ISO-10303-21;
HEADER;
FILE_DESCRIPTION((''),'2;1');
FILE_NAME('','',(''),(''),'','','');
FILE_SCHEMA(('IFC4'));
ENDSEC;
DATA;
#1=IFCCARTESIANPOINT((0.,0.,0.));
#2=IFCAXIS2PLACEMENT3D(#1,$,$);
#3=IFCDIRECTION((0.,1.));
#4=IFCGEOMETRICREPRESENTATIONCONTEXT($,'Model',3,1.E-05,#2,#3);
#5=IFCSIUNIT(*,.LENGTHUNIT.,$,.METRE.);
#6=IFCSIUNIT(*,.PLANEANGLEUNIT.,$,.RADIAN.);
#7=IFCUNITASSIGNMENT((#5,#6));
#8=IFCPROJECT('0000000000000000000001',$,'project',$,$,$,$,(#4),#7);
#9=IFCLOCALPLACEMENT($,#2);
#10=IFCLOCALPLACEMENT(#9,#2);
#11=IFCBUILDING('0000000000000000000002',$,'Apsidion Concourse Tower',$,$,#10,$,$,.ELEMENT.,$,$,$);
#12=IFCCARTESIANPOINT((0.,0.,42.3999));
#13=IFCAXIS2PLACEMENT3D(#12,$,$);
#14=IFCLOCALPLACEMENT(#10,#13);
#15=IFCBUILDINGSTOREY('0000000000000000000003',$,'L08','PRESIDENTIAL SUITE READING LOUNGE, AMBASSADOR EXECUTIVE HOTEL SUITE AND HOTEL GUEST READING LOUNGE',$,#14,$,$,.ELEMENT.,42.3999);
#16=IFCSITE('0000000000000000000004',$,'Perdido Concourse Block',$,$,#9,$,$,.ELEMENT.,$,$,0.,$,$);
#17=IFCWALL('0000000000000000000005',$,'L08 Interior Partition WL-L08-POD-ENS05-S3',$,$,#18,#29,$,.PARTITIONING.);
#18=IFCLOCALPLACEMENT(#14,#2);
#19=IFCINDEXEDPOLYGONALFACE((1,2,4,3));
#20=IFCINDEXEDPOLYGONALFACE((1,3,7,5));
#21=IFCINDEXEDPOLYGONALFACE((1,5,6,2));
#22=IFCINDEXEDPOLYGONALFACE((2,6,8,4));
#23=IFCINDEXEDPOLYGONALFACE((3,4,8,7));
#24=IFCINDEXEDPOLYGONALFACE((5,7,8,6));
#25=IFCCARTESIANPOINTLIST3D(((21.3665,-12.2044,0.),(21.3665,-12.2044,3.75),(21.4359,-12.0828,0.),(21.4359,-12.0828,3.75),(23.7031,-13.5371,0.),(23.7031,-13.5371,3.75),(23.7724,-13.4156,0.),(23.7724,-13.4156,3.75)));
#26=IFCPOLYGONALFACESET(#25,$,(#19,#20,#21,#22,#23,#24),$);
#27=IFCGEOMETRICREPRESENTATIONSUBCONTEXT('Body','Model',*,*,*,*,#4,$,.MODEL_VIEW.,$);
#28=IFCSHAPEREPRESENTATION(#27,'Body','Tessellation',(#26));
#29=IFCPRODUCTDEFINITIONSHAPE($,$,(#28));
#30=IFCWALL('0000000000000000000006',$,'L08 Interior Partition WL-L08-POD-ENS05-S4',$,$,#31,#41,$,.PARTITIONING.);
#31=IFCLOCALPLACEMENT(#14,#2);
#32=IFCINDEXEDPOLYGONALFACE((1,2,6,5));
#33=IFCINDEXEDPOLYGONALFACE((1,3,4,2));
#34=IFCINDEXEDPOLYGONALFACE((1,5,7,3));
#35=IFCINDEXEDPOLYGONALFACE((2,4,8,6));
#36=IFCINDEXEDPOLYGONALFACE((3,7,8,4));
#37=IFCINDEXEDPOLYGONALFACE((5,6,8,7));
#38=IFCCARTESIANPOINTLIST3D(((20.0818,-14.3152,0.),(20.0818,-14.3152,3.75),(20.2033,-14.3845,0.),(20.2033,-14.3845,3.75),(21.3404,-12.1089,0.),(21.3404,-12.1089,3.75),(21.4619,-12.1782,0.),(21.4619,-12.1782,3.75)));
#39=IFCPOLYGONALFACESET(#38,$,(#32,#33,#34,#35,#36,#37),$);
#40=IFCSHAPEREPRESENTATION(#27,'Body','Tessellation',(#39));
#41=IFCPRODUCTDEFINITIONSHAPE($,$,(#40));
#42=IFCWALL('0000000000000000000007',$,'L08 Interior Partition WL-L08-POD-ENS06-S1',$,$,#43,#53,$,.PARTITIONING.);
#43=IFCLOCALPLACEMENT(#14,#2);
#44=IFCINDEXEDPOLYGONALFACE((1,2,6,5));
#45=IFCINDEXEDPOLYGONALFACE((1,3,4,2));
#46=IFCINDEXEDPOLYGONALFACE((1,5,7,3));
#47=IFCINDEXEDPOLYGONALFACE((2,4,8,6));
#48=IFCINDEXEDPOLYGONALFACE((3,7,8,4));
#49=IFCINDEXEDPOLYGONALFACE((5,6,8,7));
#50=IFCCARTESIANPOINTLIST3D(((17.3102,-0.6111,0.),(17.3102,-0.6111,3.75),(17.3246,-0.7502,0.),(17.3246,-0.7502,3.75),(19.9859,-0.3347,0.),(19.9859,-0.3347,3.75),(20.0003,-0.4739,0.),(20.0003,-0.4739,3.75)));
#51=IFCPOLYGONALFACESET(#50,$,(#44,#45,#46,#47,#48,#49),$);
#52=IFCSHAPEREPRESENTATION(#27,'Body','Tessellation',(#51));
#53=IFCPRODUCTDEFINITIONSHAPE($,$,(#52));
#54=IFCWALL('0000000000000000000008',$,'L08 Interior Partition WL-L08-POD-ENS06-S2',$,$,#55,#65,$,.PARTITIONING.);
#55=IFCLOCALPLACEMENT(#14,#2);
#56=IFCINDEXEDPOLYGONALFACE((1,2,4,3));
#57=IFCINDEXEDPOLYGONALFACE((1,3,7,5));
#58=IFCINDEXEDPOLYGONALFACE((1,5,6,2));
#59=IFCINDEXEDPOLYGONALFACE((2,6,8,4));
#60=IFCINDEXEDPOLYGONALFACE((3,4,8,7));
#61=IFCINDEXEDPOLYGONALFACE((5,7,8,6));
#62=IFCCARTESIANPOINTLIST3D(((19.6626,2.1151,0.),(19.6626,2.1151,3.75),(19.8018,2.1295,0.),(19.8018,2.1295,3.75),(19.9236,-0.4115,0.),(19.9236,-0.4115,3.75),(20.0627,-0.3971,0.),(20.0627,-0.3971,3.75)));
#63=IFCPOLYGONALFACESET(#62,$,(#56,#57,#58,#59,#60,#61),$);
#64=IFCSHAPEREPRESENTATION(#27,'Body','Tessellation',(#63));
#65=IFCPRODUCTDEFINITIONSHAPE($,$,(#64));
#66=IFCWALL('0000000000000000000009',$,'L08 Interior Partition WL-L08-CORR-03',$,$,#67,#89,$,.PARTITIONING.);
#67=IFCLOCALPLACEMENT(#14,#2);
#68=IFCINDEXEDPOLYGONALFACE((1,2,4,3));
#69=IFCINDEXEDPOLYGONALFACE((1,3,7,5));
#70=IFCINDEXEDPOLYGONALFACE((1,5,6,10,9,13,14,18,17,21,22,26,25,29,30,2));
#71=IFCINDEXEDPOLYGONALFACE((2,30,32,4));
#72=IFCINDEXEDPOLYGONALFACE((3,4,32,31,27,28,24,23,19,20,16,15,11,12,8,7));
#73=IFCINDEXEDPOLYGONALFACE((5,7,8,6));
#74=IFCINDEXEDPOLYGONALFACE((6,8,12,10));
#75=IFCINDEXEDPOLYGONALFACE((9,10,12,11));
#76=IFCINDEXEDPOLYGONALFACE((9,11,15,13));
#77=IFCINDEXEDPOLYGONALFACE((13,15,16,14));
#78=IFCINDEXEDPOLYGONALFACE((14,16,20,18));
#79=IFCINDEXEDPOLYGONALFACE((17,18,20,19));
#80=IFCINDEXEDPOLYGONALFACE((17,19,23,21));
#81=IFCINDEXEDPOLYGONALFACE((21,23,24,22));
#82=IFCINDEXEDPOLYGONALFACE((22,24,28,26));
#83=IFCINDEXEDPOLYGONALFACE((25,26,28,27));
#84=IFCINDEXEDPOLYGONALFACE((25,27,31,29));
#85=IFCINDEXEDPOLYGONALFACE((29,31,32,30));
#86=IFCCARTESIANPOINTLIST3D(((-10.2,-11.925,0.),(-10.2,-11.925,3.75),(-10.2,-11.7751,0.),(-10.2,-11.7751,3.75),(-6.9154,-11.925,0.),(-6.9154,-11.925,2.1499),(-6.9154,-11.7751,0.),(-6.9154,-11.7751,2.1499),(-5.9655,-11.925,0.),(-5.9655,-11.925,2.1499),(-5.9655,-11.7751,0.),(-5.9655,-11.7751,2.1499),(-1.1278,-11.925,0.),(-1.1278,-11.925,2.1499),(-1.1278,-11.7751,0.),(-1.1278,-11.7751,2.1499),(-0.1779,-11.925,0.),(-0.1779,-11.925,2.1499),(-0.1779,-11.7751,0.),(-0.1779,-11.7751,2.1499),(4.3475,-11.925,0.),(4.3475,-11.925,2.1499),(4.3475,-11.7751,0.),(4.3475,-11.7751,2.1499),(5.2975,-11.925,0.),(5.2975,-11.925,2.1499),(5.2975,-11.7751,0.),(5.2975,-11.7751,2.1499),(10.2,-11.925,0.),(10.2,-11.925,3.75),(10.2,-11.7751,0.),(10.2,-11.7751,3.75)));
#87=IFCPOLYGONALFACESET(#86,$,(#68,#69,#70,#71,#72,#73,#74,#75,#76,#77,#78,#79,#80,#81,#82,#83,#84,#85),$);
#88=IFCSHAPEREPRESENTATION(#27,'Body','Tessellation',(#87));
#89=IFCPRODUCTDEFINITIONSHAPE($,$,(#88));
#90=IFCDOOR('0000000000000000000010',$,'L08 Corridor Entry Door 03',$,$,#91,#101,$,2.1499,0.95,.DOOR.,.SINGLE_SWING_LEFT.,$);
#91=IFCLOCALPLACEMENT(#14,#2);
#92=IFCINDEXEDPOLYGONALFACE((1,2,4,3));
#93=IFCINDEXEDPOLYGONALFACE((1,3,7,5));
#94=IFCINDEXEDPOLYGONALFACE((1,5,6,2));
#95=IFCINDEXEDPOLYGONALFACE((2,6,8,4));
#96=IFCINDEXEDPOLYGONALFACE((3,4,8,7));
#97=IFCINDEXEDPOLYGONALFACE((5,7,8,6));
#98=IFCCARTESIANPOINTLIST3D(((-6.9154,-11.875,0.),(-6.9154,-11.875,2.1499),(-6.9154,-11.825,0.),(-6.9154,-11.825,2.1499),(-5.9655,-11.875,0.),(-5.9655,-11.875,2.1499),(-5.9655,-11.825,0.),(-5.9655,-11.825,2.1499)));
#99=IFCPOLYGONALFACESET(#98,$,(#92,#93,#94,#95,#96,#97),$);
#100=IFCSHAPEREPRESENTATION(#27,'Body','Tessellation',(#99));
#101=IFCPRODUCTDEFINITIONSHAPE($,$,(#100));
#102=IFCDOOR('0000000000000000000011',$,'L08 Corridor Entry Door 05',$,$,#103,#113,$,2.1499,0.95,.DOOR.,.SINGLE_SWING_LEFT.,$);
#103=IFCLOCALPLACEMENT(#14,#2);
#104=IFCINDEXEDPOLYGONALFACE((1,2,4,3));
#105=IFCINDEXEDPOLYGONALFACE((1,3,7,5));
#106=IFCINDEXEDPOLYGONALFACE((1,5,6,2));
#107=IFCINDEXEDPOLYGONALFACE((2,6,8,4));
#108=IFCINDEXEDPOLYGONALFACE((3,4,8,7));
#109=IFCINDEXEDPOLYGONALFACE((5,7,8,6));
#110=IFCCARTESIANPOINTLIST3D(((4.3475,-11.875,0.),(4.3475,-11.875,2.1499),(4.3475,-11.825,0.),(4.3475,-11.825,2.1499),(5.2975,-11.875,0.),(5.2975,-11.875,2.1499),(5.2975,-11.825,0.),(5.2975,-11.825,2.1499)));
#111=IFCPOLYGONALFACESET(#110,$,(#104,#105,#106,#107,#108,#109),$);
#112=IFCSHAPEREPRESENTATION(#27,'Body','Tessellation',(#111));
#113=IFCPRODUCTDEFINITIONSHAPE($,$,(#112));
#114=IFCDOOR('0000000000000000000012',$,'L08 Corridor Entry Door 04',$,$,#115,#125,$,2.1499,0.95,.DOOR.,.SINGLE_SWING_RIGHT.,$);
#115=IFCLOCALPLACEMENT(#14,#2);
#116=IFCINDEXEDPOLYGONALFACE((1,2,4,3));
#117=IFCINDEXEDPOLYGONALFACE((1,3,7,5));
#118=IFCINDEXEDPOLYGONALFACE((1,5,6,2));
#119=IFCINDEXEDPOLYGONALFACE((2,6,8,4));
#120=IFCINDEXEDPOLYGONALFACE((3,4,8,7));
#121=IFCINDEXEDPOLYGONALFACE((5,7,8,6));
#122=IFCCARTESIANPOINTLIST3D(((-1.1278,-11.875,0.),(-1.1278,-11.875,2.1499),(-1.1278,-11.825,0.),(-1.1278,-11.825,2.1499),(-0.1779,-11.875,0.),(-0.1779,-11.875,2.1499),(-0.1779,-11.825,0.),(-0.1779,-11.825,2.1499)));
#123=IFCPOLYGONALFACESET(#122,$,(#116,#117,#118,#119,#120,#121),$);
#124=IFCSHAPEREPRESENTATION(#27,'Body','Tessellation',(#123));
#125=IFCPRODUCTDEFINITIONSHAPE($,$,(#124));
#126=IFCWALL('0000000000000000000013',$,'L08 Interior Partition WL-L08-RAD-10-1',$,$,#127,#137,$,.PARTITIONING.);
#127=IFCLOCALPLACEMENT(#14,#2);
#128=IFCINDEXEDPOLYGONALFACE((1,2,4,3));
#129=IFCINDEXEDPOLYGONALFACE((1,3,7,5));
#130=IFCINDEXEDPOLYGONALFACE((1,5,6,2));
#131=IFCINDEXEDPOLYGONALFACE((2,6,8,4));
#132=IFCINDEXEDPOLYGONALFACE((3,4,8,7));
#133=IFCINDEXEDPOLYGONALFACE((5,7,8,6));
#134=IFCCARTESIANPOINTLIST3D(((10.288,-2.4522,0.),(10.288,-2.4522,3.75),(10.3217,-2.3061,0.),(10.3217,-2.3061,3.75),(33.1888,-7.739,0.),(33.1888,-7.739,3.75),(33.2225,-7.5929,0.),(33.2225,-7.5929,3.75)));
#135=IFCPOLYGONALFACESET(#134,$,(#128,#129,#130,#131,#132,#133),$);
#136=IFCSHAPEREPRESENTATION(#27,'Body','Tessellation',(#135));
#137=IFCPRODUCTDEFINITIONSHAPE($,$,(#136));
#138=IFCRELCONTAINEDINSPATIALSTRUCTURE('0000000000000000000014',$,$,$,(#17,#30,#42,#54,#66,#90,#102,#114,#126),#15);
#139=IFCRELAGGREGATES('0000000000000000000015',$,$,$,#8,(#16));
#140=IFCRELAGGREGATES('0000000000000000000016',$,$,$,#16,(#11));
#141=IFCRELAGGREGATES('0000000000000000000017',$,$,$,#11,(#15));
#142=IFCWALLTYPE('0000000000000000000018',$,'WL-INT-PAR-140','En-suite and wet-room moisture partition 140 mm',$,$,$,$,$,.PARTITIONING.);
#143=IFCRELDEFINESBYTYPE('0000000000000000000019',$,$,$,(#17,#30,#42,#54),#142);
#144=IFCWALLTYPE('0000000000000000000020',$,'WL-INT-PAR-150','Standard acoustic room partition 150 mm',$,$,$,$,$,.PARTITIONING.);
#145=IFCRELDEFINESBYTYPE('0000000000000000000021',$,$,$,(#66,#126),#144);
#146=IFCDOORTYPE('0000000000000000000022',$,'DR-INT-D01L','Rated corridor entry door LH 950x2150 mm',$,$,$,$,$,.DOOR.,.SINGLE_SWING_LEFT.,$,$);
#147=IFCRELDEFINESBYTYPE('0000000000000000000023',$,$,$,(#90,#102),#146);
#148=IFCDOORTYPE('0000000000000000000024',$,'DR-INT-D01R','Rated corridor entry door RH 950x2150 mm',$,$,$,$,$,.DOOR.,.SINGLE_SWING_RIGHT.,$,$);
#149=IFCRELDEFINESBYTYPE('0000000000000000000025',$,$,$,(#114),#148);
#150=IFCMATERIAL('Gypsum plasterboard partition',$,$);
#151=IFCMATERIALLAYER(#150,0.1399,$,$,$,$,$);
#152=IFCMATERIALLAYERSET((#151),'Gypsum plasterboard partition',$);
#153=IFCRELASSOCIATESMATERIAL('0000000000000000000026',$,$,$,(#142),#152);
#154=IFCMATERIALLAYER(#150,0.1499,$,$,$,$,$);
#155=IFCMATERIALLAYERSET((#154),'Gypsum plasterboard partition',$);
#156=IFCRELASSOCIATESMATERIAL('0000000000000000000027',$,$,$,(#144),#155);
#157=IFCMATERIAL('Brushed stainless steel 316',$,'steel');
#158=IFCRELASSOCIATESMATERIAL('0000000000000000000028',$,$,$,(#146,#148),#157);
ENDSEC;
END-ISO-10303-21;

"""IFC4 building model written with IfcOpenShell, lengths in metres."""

from ifc_helpers import new_model, si_unit, direction, frame, frame_2d, origin, place, context, subcontext, project, spatial, rectangle, extrude, material, layer, layer_set, type_object, element, fill, save


model = new_model("IFC4")

# Units and contexts
model_context = context("Model", 3, precision=1e-05, world=origin(), true_north=direction((0.0, 1.0)))
body_context = subcontext(model_context, "Body", "Model", "MODEL_VIEW")
ifc_project = project(units=[si_unit("LENGTHUNIT", "METRE"), si_unit("PLANEANGLEUNIT", "RADIAN")], contexts=[model_context])

# Site, building, storey
site_placement = place(None, origin())
site = spatial("IfcSite", under=ifc_project, at=site_placement, Name="Perdido Concourse Block", CompositionType="ELEMENT", RefElevation=0.0)
building_placement = place(site_placement, origin())
building = spatial("IfcBuilding", under=site, at=building_placement, Name="Apsidion Concourse Tower", CompositionType="ELEMENT")
storey_placement = place(building_placement, frame((0.0, 0.0, 42.3999)))
storey = spatial("IfcBuildingStorey", under=building, at=storey_placement, Name="L08", Description="PRESIDENTIAL SUITE READING LOUNGE, AMBASSADOR EXECUTIVE HOTEL SUITE AND HOTEL GUEST READING LOUNGE", CompositionType="ELEMENT", Elevation=42.3999)

# Shared definitions
ifc_material_1 = material(Name="Gypsum plasterboard partition")
ifc_layer_1 = layer(ifc_material_1, 0.1399)
ifc_layer_set_1 = layer_set([ifc_layer_1], Name="Gypsum plasterboard partition")
wall_type_1 = type_object("IfcWallType", Name="WL-INT-PAR-140", Description="En-suite and wet-room moisture partition 140 mm", PredefinedType="PARTITIONING", material=ifc_layer_set_1)

# Walls
wall_1_placement = place(storey_placement, frame((23.7378, -13.4763, 0.0), z_axis=(0.0, 0.0, 1.0), x_axis=(-0.868639, 0.495445, 0.0)))
element("IfcWall", 1, at=wall_1_placement, inside=storey, type_object=wall_type_1, Name="L08 Interior Partition WL-L08-POD-ENS05-S3", PredefinedType="PARTITIONING", context=body_context, shape_type="SweptSolid", body=[
    extrude(rectangle(XDim=2.6899, YDim=0.1399, at=frame_2d((1.345, 0.0))), origin(), (0.0, 0.0, 1.0), 3.75),
])
wall_2_placement = place(storey_placement, frame((21.4011, -12.1436, 0.0), z_axis=(0.0, 0.0, 1.0), x_axis=(-0.495487, -0.868616, 0.0)))
element("IfcWall", 2, at=wall_2_placement, inside=storey, type_object=wall_type_1, Name="L08 Interior Partition WL-L08-POD-ENS05-S4", PredefinedType="PARTITIONING", context=body_context, shape_type="SweptSolid", body=[
    extrude(rectangle(XDim=2.54, YDim=0.1399, at=frame_2d((1.27, 0.0))), origin(), (0.0, 0.0, 1.0), 3.75),
])
wall_3_placement = place(storey_placement, frame((17.3174, -0.6807, 0.0), z_axis=(0.0, 0.0, 1.0), x_axis=(0.994708, 0.102738, 0.0)))
element("IfcWall", 3, at=wall_3_placement, inside=storey, type_object=wall_type_1, Name="L08 Interior Partition WL-L08-POD-ENS06-S1", PredefinedType="PARTITIONING", context=body_context, shape_type="SweptSolid", body=[
    extrude(rectangle(XDim=2.6899, YDim=0.1399, at=frame_2d((1.345, 0.0))), origin(), (0.0, 0.0, 1.0), 3.75),
])
wall_4_placement = place(storey_placement, frame((19.9932, -0.4043, 0.0), z_axis=(0.0, 0.0, 1.0), x_axis=(-0.102748, 0.994707, 0.0)))
element("IfcWall", 4, at=wall_4_placement, inside=storey, type_object=wall_type_1, Name="L08 Interior Partition WL-L08-POD-ENS06-S2", PredefinedType="PARTITIONING", context=body_context, shape_type="SweptSolid", body=[
    extrude(rectangle(XDim=2.54, YDim=0.1399, at=frame_2d((1.27, 0.0))), origin(), (0.0, 0.0, 1.0), 3.75),
])

# Wall, openings, doors
ifc_layer_2 = layer(ifc_material_1, 0.1499)
ifc_layer_set_2 = layer_set([ifc_layer_2], Name="Gypsum plasterboard partition")
wall_type_2 = type_object("IfcWallType", Name="WL-INT-PAR-150", Description="Standard acoustic room partition 150 mm", PredefinedType="PARTITIONING", material=ifc_layer_set_2)
wall_5_placement = place(storey_placement, frame((10.2, -11.8501, 0.0), z_axis=(0.0, 0.0, 1.0), x_axis=(-1.0, 0.0, 0.0)))
wall_5 = element("IfcWall", 5, at=wall_5_placement, inside=storey, type_object=wall_type_2, Name="L08 Interior Partition WL-L08-CORR-03", PredefinedType="PARTITIONING", context=body_context, shape_type="SweptSolid", body=[
    extrude(rectangle(XDim=20.3999, YDim=0.1499, at=frame_2d((10.2, 0.0))), origin(), (0.0, 0.0, 1.0), 3.75),
])
opening_1_placement = place(wall_5_placement, frame((16.1653, 0.0, 0.0)))
opening_1 = element("IfcOpeningElement", 6, at=opening_1_placement, cuts=wall_5, PredefinedType="OPENING", context=body_context, shape_type="SweptSolid", body=[
    extrude(rectangle(XDim=0.95, YDim=2.1499, at=frame_2d((0.4751, 1.075))), frame((0.0, 0.085, 0.0), z_axis=(0.0, -1.0, 0.0), x_axis=(1.0, 0.0, 0.0)), (0.0, 0.0, 1.0), 0.1699),
])
opening_2_placement = place(wall_5_placement, frame((10.3777, 0.0, 0.0)))
opening_2 = element("IfcOpeningElement", 7, at=opening_2_placement, cuts=wall_5, PredefinedType="OPENING", context=body_context, shape_type="SweptSolid", body=[
    extrude(rectangle(XDim=0.95, YDim=2.1499, at=frame_2d((0.4751, 1.075))), frame((0.0, 0.085, 0.0), z_axis=(0.0, -1.0, 0.0), x_axis=(1.0, 0.0, 0.0)), (0.0, 0.0, 1.0), 0.1699),
])
opening_3_placement = place(wall_5_placement, frame((4.9023, 0.0, 0.0)))
opening_3 = element("IfcOpeningElement", 8, at=opening_3_placement, cuts=wall_5, PredefinedType="OPENING", context=body_context, shape_type="SweptSolid", body=[
    extrude(rectangle(XDim=0.95, YDim=2.1499, at=frame_2d((0.4751, 1.075))), frame((0.0, 0.085, 0.0), z_axis=(0.0, -1.0, 0.0), x_axis=(1.0, 0.0, 0.0)), (0.0, 0.0, 1.0), 0.1699),
])
ifc_material_2 = material(Name="Brushed stainless steel 316", Category="steel")
door_type_1 = type_object("IfcDoorType", Name="DR-INT-D01L", Description="Rated corridor entry door LH 950x2150 mm", OperationType="SINGLE_SWING_LEFT", PredefinedType="DOOR", material=ifc_material_2)
door_1_placement = place(opening_1_placement, origin())
door_1 = element("IfcDoor", 9, at=door_1_placement, inside=storey, type_object=door_type_1, Name="L08 Corridor Entry Door 03", OperationType="SINGLE_SWING_LEFT", OverallHeight=2.1499, OverallWidth=0.95, PredefinedType="DOOR", context=body_context, shape_type="SweptSolid", body=[
    extrude(rectangle(XDim=0.95, YDim=2.1499, at=frame_2d((0.4751, 1.075))), frame((0.0, 0.0249, 0.0), z_axis=(0.0, -1.0, 0.0), x_axis=(1.0, 0.0, 0.0)), (0.0, 0.0, 1.0), 0.05),
])
fill(opening_1, door_1)
door_2_placement = place(opening_3_placement, origin())
door_2 = element("IfcDoor", 10, at=door_2_placement, inside=storey, type_object=door_type_1, Name="L08 Corridor Entry Door 05", OperationType="SINGLE_SWING_LEFT", OverallHeight=2.1499, OverallWidth=0.95, PredefinedType="DOOR", context=body_context, shape_type="SweptSolid", body=[
    extrude(rectangle(XDim=0.95, YDim=2.1499, at=frame_2d((0.4751, 1.075))), frame((0.0, 0.0249, 0.0), z_axis=(0.0, -1.0, 0.0), x_axis=(1.0, 0.0, 0.0)), (0.0, 0.0, 1.0), 0.05),
])
fill(opening_3, door_2)
door_type_2 = type_object("IfcDoorType", Name="DR-INT-D01R", Description="Rated corridor entry door RH 950x2150 mm", OperationType="SINGLE_SWING_RIGHT", PredefinedType="DOOR", material=ifc_material_2)
door_3_placement = place(opening_2_placement, origin())
door_3 = element("IfcDoor", 11, at=door_3_placement, inside=storey, type_object=door_type_2, Name="L08 Corridor Entry Door 04", OperationType="SINGLE_SWING_RIGHT", OverallHeight=2.1499, OverallWidth=0.95, PredefinedType="DOOR", context=body_context, shape_type="SweptSolid", body=[
    extrude(rectangle(XDim=0.95, YDim=2.1499, at=frame_2d((0.4751, 1.075))), frame((0.0, 0.0249, 0.0), z_axis=(0.0, -1.0, 0.0), x_axis=(1.0, 0.0, 0.0)), (0.0, 0.0, 1.0), 0.05),
])
fill(opening_2, door_3)

# Wall
wall_6_placement = place(storey_placement, frame((10.3049, -2.3792, 0.0), z_axis=(0.0, 0.0, 1.0), x_axis=(0.974372, -0.224942, 0.0)))
element("IfcWall", 12, at=wall_6_placement, inside=storey, type_object=wall_type_2, Name="L08 Interior Partition WL-L08-RAD-10-1", PredefinedType="PARTITIONING", context=body_context, shape_type="SweptSolid", body=[
    extrude(rectangle(XDim=23.5032, YDim=0.1499, at=frame_2d((11.7515, 0.0))), origin(), (0.0, 0.0, 1.0), 3.75),
])

save(model, "model.ifc")
